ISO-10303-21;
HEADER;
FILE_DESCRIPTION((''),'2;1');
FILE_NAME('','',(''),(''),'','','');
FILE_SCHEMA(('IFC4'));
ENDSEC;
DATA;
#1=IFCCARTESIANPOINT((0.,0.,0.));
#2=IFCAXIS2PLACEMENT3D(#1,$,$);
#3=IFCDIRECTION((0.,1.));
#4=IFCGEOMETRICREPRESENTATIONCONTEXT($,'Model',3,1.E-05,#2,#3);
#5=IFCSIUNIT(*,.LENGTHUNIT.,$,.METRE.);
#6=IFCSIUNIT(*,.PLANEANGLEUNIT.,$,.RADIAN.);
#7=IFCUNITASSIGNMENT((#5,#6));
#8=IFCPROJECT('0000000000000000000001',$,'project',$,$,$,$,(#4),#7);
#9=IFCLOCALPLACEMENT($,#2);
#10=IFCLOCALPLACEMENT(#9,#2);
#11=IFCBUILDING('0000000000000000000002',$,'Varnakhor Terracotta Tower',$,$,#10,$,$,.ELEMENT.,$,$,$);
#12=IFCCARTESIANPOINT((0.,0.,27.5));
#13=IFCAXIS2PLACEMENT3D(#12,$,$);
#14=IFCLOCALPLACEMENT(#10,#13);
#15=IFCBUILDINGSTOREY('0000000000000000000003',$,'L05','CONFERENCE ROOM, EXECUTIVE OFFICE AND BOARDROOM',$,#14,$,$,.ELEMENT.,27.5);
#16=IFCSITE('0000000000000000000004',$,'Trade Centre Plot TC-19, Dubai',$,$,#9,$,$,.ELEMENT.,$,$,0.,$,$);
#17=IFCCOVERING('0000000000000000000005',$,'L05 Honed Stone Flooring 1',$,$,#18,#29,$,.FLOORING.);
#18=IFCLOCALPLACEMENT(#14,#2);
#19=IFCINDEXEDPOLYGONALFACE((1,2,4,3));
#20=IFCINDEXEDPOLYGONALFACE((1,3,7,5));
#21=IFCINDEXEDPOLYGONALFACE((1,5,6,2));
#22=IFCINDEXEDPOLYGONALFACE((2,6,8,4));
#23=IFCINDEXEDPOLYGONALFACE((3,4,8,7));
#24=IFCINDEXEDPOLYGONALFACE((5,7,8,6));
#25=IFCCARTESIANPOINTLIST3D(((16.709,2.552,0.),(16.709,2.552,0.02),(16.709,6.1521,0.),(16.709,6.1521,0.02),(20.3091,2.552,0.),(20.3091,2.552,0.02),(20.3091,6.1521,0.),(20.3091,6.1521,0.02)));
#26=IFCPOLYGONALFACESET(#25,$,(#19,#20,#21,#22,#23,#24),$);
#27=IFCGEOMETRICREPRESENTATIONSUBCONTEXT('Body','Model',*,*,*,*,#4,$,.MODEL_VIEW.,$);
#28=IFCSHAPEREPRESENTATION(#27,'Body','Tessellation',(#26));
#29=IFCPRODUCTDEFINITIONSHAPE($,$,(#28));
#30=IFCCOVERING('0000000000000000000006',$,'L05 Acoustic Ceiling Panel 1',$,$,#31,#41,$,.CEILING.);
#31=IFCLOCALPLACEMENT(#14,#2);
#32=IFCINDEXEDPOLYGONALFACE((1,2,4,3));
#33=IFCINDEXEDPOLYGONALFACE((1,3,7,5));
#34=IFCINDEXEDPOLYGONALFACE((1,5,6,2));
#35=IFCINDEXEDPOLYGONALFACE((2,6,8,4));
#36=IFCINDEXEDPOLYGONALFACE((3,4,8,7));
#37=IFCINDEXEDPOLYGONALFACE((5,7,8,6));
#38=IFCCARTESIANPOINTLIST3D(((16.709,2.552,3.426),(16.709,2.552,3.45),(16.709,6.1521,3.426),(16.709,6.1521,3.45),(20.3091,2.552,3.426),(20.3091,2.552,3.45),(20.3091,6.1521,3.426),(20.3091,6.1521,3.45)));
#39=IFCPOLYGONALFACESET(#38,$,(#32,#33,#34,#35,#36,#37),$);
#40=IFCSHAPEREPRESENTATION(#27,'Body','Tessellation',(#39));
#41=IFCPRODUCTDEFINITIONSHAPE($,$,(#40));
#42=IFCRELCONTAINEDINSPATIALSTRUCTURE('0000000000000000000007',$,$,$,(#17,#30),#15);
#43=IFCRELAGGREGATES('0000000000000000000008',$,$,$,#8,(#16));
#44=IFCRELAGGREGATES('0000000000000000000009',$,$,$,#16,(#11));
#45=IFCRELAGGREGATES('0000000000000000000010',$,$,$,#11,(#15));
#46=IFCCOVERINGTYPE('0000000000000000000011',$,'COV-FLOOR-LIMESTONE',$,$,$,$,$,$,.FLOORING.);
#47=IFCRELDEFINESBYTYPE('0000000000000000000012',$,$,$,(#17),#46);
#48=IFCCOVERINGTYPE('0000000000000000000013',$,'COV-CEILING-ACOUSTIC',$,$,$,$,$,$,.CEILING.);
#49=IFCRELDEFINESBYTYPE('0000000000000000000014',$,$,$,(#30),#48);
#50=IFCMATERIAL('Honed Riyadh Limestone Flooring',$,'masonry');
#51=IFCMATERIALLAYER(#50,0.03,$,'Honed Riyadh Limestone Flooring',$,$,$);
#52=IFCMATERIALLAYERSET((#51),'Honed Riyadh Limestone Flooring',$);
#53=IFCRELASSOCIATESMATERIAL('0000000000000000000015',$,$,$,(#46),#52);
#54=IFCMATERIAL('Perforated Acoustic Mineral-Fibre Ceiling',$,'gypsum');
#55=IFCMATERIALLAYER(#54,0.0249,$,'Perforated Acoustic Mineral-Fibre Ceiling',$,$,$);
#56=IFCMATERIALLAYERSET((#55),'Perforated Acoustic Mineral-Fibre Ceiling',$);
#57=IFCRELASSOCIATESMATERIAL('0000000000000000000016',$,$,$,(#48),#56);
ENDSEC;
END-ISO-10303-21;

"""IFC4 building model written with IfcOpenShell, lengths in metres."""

from ifc_helpers import new_model, si_unit, direction, frame, origin, origin_2d, place, context, subcontext, project, spatial, rectangle, extrude, source, transform, mapped, material, layer, layer_set, type_object, element, save


model = new_model("IFC4")

# Units and contexts
model_context = context("Model", 3, precision=1e-05, world=origin(), true_north=direction((0.0, 1.0)))
body_context = subcontext(model_context, "Body", "Model", "MODEL_VIEW")
ifc_project = project(units=[si_unit("LENGTHUNIT", "METRE"), si_unit("PLANEANGLEUNIT", "RADIAN")], contexts=[model_context])

# Site, building, storey
site_placement = place(None, origin())
site = spatial("IfcSite", under=ifc_project, at=site_placement, Name="Trade Centre Plot TC-19, Dubai", CompositionType="ELEMENT", RefElevation=0.0)
building_placement = place(site_placement, origin())
building = spatial("IfcBuilding", under=site, at=building_placement, Name="Varnakhor Terracotta Tower", CompositionType="ELEMENT")
storey_placement = place(building_placement, frame((0.0, 0.0, 27.5)))
storey = spatial("IfcBuildingStorey", under=building, at=storey_placement, Name="L05", Description="CONFERENCE ROOM, EXECUTIVE OFFICE AND BOARDROOM", CompositionType="ELEMENT", Elevation=27.5)

# Coverings
ifc_material_1 = material(Name="Honed Riyadh Limestone Flooring", Category="masonry")
ifc_layer_1 = layer(ifc_material_1, 0.03, Name="Honed Riyadh Limestone Flooring")
ifc_layer_set_1 = layer_set([ifc_layer_1], Name="Honed Riyadh Limestone Flooring")
covering_type_1 = type_object("IfcCoveringType", Name="COV-FLOOR-LIMESTONE", PredefinedType="FLOORING", material=ifc_layer_set_1)
shared_shape_1 = source(origin(), body_context, "Body", "SweptSolid", [
    extrude(rectangle(XDim=3.6001, YDim=3.6001, at=origin_2d()), origin(), (0.0, 0.0, 1.0), 0.02),
])
covering_1_placement = place(storey_placement, frame((18.509, 4.3521, 0.0), z_axis=(0.0, 0.0, 1.0), x_axis=(1.0, 0.0, 0.0)))
element("IfcCovering", 1, at=covering_1_placement, inside=storey, type_object=covering_type_1, Name="L05 Honed Stone Flooring 1", PredefinedType="FLOORING", context=body_context, shape_type="MappedRepresentation", body=[
    mapped(shared_shape_1, transform((0.0, 0.0, 0.0), scale=1.0)),
])
ifc_material_2 = material(Name="Perforated Acoustic Mineral-Fibre Ceiling", Category="gypsum")
ifc_layer_2 = layer(ifc_material_2, 0.0249, Name="Perforated Acoustic Mineral-Fibre Ceiling")
ifc_layer_set_2 = layer_set([ifc_layer_2], Name="Perforated Acoustic Mineral-Fibre Ceiling")
covering_type_2 = type_object("IfcCoveringType", Name="COV-CEILING-ACOUSTIC", PredefinedType="CEILING", material=ifc_layer_set_2)
shared_shape_2 = source(origin(), body_context, "Body", "SweptSolid", [
    extrude(rectangle(XDim=3.6001, YDim=3.6001, at=origin_2d()), origin(), (0.0, 0.0, 1.0), 0.0239),
])
covering_2_placement = place(storey_placement, frame((18.509, 4.3521, 3.426), z_axis=(0.0, 0.0, 1.0), x_axis=(1.0, 0.0, 0.0)))
element("IfcCovering", 2, at=covering_2_placement, inside=storey, type_object=covering_type_2, Name="L05 Acoustic Ceiling Panel 1", PredefinedType="CEILING", context=body_context, shape_type="MappedRepresentation", body=[
    mapped(shared_shape_2, transform((0.0, 0.0, 0.0), scale=1.0)),
])

save(model, "model.ifc")
